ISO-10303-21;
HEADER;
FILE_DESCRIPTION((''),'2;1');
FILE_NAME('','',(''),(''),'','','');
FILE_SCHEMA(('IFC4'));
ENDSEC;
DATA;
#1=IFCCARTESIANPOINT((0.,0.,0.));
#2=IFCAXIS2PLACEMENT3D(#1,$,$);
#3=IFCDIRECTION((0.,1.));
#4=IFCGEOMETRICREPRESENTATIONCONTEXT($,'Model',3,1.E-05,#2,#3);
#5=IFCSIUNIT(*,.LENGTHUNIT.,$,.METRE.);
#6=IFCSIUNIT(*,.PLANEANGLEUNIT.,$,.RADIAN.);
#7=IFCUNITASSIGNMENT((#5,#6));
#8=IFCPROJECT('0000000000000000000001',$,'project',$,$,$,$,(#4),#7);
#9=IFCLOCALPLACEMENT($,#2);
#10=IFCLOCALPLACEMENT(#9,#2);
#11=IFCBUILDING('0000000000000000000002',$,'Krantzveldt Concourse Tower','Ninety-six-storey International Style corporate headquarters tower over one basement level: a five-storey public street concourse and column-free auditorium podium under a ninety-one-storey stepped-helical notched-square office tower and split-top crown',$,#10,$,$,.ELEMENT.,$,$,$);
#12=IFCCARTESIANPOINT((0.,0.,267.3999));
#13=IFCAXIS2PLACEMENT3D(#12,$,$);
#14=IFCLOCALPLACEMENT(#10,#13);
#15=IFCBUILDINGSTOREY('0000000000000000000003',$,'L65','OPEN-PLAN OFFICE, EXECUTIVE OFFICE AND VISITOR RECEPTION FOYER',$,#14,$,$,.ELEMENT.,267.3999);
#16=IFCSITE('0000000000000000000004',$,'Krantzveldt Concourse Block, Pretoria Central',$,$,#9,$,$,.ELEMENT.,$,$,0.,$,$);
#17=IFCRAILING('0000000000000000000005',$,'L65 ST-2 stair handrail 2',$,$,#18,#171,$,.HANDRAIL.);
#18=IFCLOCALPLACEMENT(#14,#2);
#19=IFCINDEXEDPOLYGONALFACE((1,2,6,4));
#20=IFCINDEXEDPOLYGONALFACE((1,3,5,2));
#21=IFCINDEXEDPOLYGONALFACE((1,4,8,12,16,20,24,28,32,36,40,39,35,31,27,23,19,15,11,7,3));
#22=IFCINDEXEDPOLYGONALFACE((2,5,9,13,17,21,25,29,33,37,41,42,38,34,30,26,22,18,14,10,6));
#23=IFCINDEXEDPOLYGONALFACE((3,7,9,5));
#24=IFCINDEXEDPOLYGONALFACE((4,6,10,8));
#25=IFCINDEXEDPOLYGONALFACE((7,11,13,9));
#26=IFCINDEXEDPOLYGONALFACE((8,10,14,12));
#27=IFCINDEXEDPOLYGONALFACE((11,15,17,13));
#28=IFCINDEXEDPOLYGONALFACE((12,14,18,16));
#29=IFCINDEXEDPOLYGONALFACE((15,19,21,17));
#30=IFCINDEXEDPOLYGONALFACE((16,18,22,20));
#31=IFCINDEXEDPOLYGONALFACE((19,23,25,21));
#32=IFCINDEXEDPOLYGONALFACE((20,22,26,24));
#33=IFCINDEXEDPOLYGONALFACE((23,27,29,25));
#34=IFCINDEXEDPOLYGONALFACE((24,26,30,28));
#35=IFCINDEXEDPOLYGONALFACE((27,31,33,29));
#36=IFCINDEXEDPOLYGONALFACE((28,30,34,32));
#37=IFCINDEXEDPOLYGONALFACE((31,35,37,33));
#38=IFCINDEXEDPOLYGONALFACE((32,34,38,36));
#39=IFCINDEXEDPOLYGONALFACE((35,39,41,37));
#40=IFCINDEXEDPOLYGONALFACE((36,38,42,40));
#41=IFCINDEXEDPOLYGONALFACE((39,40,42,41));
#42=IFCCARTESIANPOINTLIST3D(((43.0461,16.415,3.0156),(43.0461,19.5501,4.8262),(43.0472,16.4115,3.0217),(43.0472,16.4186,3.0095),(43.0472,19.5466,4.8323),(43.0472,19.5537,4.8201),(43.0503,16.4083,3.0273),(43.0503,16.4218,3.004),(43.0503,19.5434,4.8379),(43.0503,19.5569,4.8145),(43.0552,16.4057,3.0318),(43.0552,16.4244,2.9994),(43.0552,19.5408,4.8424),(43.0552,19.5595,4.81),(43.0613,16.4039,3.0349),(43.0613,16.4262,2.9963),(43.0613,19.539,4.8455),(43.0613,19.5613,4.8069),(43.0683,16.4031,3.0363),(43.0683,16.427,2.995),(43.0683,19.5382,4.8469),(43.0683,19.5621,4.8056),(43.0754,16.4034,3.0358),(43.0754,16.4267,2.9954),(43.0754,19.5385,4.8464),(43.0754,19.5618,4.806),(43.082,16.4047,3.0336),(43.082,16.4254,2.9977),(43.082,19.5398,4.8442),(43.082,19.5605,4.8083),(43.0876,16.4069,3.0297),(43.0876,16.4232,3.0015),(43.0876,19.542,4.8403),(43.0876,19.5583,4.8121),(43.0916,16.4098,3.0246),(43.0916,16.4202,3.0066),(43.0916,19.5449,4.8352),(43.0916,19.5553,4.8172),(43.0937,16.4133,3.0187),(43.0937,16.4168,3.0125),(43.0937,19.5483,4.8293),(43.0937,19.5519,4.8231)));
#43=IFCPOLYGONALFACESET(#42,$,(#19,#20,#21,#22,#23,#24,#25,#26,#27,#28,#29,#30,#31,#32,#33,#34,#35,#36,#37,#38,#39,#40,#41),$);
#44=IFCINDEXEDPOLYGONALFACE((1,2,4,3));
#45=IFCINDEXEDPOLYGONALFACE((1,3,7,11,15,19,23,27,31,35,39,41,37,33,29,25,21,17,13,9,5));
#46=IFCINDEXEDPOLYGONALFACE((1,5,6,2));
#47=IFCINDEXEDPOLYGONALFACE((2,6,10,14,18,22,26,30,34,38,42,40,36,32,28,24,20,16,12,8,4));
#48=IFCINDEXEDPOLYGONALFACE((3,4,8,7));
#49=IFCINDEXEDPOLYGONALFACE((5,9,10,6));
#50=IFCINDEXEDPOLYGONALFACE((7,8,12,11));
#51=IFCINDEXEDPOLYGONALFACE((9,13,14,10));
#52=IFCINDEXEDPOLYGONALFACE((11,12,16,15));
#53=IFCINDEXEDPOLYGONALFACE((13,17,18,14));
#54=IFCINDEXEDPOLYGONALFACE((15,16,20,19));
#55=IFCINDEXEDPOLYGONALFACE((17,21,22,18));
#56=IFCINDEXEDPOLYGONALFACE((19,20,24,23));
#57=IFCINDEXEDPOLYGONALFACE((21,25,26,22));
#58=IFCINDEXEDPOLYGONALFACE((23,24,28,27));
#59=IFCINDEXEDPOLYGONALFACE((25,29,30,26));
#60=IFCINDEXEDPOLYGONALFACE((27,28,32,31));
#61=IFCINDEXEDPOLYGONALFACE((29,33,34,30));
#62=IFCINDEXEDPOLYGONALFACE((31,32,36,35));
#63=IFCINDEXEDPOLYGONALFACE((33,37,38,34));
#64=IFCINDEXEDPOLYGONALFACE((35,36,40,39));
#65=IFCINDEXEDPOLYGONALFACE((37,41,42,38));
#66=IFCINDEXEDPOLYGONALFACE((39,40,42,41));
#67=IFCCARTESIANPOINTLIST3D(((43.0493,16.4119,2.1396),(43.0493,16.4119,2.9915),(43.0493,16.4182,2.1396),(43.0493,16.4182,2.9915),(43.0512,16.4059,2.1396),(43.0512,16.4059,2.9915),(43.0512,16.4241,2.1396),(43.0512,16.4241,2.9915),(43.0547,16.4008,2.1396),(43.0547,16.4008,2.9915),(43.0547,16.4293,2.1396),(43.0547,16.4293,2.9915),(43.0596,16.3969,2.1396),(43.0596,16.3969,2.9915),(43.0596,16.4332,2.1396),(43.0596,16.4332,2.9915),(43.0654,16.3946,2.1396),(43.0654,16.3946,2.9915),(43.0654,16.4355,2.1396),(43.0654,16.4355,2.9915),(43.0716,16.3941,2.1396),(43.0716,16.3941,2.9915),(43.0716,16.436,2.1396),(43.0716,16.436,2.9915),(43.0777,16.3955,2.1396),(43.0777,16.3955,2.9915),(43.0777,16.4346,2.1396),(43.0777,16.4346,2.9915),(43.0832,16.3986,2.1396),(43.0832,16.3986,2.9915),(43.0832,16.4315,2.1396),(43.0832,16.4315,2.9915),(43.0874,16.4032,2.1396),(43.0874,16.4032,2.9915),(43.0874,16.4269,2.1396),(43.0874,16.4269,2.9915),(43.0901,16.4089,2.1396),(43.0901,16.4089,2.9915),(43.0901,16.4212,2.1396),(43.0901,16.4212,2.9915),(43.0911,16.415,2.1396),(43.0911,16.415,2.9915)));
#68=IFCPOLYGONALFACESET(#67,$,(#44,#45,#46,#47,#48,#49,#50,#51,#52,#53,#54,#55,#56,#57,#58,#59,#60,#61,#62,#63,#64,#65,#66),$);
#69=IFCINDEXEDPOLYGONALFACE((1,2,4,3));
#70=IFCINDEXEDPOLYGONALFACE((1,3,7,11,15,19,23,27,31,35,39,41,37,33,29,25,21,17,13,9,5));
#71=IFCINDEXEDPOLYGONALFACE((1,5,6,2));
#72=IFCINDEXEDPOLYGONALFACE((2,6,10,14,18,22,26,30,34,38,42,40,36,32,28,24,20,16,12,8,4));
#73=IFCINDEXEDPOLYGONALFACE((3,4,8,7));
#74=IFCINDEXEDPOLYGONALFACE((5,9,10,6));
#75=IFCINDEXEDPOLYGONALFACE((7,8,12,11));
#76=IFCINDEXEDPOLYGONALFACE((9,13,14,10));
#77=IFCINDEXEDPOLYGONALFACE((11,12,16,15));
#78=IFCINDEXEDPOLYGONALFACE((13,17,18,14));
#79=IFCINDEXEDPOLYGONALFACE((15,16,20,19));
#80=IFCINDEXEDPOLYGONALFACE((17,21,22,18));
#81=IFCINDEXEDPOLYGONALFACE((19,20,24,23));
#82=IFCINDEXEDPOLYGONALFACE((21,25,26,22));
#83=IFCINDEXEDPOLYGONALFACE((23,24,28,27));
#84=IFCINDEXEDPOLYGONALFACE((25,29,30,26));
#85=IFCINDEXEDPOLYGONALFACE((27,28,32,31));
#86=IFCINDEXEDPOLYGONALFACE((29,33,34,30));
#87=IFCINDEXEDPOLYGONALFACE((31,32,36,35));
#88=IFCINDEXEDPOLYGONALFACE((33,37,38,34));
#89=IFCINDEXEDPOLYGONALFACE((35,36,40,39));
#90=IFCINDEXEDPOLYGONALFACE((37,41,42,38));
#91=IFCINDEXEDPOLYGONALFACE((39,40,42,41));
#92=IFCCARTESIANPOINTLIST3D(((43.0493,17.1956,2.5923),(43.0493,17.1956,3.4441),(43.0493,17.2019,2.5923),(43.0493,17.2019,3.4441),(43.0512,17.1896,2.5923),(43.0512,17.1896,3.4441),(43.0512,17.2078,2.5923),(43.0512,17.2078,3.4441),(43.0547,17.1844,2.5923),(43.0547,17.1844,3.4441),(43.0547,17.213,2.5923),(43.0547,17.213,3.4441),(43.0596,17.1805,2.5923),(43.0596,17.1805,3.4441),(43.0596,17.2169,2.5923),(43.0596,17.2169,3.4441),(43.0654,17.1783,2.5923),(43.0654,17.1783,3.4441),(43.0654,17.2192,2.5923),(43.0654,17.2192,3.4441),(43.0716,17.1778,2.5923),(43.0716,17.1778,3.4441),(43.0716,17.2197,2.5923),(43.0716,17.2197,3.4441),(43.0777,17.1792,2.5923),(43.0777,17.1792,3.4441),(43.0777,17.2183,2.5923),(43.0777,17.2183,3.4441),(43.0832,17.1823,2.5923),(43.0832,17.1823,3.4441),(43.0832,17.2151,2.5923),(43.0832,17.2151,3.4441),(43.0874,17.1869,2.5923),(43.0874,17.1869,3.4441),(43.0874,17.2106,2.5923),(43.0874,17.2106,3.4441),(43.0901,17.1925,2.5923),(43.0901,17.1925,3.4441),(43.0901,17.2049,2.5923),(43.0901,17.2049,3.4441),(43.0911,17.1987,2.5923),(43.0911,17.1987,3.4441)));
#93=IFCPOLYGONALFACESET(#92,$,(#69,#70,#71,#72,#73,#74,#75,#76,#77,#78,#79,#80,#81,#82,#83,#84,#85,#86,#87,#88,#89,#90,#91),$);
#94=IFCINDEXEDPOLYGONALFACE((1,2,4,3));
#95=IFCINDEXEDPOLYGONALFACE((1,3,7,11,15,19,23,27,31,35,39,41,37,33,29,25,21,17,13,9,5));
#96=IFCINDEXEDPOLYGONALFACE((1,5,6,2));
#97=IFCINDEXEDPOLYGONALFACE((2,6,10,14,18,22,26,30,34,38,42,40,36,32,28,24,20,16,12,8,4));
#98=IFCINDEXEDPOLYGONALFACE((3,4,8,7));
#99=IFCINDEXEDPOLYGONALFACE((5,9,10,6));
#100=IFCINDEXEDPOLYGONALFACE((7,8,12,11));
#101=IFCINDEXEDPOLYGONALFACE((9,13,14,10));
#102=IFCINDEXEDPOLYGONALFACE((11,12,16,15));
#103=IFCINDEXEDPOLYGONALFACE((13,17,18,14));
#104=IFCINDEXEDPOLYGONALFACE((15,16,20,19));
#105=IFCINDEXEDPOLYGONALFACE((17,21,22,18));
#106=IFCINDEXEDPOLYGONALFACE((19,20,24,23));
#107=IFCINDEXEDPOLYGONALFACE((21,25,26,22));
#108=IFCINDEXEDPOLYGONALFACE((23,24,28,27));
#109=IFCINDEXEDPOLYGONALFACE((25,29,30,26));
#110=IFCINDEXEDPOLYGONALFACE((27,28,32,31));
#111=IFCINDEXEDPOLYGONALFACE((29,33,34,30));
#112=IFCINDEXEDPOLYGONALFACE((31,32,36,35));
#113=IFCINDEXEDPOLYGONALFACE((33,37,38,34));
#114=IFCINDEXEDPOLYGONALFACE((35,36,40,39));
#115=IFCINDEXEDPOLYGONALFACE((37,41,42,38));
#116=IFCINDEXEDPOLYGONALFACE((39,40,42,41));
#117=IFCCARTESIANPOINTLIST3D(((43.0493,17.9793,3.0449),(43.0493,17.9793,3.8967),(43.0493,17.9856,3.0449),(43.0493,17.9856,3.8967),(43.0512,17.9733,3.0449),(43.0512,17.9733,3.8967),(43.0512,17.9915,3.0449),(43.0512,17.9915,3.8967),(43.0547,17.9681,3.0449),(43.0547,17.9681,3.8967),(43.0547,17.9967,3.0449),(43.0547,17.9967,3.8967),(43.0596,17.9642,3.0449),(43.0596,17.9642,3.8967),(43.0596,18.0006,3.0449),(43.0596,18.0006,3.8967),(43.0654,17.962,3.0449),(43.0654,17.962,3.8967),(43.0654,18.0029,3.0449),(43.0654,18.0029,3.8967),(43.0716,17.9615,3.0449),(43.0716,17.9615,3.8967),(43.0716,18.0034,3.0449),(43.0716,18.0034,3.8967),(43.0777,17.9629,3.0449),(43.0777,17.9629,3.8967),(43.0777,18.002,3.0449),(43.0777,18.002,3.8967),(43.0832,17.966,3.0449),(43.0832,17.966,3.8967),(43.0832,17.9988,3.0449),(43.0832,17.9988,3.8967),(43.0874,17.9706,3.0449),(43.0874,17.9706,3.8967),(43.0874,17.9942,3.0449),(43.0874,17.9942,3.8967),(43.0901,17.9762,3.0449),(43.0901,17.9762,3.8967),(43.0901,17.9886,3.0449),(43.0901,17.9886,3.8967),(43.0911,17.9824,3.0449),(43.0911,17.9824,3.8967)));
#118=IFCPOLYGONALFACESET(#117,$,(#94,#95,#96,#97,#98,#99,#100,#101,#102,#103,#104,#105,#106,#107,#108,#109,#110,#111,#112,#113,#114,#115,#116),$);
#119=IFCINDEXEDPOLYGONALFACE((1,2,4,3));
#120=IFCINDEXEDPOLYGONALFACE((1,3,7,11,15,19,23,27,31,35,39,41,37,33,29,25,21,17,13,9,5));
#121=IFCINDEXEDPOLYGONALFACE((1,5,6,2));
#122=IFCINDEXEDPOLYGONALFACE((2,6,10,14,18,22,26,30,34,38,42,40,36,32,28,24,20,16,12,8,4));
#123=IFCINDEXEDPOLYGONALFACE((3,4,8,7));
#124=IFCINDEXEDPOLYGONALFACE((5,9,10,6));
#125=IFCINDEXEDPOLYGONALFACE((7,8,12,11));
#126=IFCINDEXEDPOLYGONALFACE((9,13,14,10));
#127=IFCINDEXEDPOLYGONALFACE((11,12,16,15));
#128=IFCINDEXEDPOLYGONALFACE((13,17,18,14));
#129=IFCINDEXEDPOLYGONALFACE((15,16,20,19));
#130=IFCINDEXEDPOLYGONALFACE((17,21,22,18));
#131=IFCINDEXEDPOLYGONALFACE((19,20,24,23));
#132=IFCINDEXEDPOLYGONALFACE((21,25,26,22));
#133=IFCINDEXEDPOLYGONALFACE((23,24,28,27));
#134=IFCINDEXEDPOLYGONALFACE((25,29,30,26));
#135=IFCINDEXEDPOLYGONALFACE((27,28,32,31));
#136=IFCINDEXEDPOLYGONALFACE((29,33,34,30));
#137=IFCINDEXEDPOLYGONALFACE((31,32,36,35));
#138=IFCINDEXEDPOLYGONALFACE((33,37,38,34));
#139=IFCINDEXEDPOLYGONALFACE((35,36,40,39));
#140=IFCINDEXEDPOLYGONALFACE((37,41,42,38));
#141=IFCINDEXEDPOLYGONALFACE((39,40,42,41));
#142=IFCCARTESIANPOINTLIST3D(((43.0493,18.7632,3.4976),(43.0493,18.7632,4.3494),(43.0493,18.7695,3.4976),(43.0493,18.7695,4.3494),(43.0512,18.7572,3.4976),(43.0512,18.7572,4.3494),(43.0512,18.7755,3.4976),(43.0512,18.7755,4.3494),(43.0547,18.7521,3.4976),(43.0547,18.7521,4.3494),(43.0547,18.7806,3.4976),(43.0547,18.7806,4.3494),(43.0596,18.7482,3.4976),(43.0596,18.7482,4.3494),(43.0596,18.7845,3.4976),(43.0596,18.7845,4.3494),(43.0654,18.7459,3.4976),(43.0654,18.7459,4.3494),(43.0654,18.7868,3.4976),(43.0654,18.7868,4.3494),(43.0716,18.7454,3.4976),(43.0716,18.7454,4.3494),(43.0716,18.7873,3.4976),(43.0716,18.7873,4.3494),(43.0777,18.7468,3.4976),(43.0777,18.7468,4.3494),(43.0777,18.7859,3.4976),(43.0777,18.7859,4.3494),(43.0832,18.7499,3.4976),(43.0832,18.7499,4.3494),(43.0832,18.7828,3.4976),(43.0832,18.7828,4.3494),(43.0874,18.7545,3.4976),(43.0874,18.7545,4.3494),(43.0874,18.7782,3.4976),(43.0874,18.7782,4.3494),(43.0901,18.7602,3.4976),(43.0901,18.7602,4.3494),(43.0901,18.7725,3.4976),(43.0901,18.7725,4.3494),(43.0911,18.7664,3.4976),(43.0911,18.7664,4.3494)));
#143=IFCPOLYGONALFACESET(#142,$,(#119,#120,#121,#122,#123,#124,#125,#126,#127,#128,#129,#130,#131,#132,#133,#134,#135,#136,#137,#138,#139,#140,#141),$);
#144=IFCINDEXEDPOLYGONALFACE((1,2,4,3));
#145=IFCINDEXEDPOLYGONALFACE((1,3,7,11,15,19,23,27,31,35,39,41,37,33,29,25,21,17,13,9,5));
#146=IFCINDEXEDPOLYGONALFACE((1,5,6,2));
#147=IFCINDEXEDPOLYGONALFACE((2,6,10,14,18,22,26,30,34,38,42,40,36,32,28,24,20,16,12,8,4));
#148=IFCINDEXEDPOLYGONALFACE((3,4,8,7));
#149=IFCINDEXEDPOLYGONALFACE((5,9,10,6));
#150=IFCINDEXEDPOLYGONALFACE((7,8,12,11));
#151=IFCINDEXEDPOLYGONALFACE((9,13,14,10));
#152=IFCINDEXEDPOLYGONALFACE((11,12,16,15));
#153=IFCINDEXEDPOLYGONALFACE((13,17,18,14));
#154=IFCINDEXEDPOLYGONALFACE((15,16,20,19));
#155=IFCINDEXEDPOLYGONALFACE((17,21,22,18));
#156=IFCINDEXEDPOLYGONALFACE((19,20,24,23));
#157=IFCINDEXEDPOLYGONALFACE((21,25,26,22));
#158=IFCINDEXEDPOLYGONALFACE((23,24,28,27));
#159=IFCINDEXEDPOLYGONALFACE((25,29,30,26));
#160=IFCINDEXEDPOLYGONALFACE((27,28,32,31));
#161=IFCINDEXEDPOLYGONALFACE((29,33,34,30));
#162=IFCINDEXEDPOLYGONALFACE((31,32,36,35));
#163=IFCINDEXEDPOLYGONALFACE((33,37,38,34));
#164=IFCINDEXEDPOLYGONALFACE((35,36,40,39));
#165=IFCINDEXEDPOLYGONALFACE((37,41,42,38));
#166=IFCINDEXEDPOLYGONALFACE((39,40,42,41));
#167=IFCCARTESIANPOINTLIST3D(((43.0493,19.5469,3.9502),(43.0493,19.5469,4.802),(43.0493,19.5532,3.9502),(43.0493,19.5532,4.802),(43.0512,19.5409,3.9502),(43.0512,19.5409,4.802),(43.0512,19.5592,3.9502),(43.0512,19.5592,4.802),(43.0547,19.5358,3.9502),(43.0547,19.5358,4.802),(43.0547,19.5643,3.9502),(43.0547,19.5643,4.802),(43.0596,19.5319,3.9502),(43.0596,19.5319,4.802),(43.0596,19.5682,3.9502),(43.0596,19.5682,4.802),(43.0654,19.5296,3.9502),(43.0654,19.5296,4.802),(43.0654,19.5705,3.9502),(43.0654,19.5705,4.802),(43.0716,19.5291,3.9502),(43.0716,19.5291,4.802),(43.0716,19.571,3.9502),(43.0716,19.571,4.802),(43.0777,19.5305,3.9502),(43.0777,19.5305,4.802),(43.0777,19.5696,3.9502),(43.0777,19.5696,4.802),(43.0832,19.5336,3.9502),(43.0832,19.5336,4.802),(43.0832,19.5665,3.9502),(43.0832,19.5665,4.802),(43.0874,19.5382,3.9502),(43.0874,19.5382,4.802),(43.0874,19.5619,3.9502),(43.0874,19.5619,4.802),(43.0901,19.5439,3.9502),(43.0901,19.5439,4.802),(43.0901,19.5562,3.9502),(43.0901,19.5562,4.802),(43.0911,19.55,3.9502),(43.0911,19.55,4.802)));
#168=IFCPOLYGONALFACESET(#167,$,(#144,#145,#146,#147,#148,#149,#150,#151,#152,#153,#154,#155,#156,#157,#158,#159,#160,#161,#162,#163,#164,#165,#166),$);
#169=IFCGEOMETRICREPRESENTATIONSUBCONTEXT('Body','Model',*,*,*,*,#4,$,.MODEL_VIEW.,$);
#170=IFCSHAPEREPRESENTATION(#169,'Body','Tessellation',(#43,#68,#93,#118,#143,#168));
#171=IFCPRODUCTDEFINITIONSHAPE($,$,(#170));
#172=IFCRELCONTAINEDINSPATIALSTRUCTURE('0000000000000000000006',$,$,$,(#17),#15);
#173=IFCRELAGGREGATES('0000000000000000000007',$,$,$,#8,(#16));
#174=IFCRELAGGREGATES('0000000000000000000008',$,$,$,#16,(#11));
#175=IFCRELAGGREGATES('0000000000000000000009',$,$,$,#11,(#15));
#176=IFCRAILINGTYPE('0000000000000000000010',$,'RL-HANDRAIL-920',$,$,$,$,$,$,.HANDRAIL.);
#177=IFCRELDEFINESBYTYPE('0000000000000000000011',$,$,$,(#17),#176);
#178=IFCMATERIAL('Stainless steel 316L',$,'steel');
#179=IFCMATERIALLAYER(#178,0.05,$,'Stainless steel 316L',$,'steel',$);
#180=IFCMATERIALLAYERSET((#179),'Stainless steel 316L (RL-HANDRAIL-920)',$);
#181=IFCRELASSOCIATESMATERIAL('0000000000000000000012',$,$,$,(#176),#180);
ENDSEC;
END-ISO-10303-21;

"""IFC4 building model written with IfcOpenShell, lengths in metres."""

from ifc_helpers import new_model, si_unit, direction, frame, origin, origin_2d, place, context, subcontext, project, spatial, circle, extrude, material, layer, layer_set, type_object, element, save


model = new_model("IFC4")

# Units and contexts
model_context = context("Model", 3, precision=1e-05, world=origin(), true_north=direction((0.0, 1.0)))
body_context = subcontext(model_context, "Body", "Model", "MODEL_VIEW")
ifc_project = project(units=[si_unit("LENGTHUNIT", "METRE"), si_unit("PLANEANGLEUNIT", "RADIAN")], contexts=[model_context])

# Site, building, storey
site_placement = place(None, origin())
site = spatial("IfcSite", under=ifc_project, at=site_placement, Name="Krantzveldt Concourse Block, Pretoria Central", CompositionType="ELEMENT", RefElevation=0.0)
building_placement = place(site_placement, origin())
building = spatial("IfcBuilding", under=site, at=building_placement, Name="Krantzveldt Concourse Tower", Description="Ninety-six-storey International Style corporate headquarters tower over one basement level: a five-storey public street concourse and column-free auditorium podium under a ninety-one-storey stepped-helical notched-square office tower and split-top crown", CompositionType="ELEMENT")
storey_placement = place(building_placement, frame((0.0, 0.0, 267.3999)))
storey = spatial("IfcBuildingStorey", under=building, at=storey_placement, Name="L65", Description="OPEN-PLAN OFFICE, EXECUTIVE OFFICE AND VISITOR RECEPTION FOYER", CompositionType="ELEMENT", Elevation=267.3999)

# Railing
ifc_material_1 = material(Name="Stainless steel 316L", Category="steel")
ifc_layer_1 = layer(ifc_material_1, 0.05, Name="Stainless steel 316L", Category="steel")
ifc_layer_set_1 = layer_set([ifc_layer_1], Name="Stainless steel 316L (RL-HANDRAIL-920)")
railing_type = type_object("IfcRailingType", Name="RL-HANDRAIL-920", PredefinedType="HANDRAIL", material=ifc_layer_set_1)
railing_placement = place(storey_placement, frame((43.0701, 16.415, 2.1396)))
element("IfcRailing", 1, at=railing_placement, inside=storey, type_object=railing_type, Name="L65 ST-2 stair handrail 2", PredefinedType="HANDRAIL", context=body_context, shape_type="SweptSolid", body=[
    extrude(circle(Radius=0.0239, at=origin_2d()), frame((0.0, 0.0, 0.876), z_axis=(0.0, 0.86596, 0.500114), x_axis=(-1.0, 0.0, 0.0)), (0.0, 0.0, 1.0), 3.6204),
    extrude(circle(Radius=0.021, at=origin_2d()), origin(), (0.0, 0.0, 1.0), 0.8518),
    extrude(circle(Radius=0.021, at=origin_2d()), frame((0.0, 0.7837, 0.4526)), (0.0, 0.0, 1.0), 0.8518),
    extrude(circle(Radius=0.021, at=origin_2d()), frame((0.0, 1.5674, 0.9053)), (0.0, 0.0, 1.0), 0.8518),
    extrude(circle(Radius=0.021, at=origin_2d()), frame((0.0, 2.3513, 1.3579)), (0.0, 0.0, 1.0), 0.8518),
    extrude(circle(Radius=0.021, at=origin_2d()), frame((0.0, 3.135, 1.8105)), (0.0, 0.0, 1.0), 0.8518),
])

save(model, "model.ifc")
